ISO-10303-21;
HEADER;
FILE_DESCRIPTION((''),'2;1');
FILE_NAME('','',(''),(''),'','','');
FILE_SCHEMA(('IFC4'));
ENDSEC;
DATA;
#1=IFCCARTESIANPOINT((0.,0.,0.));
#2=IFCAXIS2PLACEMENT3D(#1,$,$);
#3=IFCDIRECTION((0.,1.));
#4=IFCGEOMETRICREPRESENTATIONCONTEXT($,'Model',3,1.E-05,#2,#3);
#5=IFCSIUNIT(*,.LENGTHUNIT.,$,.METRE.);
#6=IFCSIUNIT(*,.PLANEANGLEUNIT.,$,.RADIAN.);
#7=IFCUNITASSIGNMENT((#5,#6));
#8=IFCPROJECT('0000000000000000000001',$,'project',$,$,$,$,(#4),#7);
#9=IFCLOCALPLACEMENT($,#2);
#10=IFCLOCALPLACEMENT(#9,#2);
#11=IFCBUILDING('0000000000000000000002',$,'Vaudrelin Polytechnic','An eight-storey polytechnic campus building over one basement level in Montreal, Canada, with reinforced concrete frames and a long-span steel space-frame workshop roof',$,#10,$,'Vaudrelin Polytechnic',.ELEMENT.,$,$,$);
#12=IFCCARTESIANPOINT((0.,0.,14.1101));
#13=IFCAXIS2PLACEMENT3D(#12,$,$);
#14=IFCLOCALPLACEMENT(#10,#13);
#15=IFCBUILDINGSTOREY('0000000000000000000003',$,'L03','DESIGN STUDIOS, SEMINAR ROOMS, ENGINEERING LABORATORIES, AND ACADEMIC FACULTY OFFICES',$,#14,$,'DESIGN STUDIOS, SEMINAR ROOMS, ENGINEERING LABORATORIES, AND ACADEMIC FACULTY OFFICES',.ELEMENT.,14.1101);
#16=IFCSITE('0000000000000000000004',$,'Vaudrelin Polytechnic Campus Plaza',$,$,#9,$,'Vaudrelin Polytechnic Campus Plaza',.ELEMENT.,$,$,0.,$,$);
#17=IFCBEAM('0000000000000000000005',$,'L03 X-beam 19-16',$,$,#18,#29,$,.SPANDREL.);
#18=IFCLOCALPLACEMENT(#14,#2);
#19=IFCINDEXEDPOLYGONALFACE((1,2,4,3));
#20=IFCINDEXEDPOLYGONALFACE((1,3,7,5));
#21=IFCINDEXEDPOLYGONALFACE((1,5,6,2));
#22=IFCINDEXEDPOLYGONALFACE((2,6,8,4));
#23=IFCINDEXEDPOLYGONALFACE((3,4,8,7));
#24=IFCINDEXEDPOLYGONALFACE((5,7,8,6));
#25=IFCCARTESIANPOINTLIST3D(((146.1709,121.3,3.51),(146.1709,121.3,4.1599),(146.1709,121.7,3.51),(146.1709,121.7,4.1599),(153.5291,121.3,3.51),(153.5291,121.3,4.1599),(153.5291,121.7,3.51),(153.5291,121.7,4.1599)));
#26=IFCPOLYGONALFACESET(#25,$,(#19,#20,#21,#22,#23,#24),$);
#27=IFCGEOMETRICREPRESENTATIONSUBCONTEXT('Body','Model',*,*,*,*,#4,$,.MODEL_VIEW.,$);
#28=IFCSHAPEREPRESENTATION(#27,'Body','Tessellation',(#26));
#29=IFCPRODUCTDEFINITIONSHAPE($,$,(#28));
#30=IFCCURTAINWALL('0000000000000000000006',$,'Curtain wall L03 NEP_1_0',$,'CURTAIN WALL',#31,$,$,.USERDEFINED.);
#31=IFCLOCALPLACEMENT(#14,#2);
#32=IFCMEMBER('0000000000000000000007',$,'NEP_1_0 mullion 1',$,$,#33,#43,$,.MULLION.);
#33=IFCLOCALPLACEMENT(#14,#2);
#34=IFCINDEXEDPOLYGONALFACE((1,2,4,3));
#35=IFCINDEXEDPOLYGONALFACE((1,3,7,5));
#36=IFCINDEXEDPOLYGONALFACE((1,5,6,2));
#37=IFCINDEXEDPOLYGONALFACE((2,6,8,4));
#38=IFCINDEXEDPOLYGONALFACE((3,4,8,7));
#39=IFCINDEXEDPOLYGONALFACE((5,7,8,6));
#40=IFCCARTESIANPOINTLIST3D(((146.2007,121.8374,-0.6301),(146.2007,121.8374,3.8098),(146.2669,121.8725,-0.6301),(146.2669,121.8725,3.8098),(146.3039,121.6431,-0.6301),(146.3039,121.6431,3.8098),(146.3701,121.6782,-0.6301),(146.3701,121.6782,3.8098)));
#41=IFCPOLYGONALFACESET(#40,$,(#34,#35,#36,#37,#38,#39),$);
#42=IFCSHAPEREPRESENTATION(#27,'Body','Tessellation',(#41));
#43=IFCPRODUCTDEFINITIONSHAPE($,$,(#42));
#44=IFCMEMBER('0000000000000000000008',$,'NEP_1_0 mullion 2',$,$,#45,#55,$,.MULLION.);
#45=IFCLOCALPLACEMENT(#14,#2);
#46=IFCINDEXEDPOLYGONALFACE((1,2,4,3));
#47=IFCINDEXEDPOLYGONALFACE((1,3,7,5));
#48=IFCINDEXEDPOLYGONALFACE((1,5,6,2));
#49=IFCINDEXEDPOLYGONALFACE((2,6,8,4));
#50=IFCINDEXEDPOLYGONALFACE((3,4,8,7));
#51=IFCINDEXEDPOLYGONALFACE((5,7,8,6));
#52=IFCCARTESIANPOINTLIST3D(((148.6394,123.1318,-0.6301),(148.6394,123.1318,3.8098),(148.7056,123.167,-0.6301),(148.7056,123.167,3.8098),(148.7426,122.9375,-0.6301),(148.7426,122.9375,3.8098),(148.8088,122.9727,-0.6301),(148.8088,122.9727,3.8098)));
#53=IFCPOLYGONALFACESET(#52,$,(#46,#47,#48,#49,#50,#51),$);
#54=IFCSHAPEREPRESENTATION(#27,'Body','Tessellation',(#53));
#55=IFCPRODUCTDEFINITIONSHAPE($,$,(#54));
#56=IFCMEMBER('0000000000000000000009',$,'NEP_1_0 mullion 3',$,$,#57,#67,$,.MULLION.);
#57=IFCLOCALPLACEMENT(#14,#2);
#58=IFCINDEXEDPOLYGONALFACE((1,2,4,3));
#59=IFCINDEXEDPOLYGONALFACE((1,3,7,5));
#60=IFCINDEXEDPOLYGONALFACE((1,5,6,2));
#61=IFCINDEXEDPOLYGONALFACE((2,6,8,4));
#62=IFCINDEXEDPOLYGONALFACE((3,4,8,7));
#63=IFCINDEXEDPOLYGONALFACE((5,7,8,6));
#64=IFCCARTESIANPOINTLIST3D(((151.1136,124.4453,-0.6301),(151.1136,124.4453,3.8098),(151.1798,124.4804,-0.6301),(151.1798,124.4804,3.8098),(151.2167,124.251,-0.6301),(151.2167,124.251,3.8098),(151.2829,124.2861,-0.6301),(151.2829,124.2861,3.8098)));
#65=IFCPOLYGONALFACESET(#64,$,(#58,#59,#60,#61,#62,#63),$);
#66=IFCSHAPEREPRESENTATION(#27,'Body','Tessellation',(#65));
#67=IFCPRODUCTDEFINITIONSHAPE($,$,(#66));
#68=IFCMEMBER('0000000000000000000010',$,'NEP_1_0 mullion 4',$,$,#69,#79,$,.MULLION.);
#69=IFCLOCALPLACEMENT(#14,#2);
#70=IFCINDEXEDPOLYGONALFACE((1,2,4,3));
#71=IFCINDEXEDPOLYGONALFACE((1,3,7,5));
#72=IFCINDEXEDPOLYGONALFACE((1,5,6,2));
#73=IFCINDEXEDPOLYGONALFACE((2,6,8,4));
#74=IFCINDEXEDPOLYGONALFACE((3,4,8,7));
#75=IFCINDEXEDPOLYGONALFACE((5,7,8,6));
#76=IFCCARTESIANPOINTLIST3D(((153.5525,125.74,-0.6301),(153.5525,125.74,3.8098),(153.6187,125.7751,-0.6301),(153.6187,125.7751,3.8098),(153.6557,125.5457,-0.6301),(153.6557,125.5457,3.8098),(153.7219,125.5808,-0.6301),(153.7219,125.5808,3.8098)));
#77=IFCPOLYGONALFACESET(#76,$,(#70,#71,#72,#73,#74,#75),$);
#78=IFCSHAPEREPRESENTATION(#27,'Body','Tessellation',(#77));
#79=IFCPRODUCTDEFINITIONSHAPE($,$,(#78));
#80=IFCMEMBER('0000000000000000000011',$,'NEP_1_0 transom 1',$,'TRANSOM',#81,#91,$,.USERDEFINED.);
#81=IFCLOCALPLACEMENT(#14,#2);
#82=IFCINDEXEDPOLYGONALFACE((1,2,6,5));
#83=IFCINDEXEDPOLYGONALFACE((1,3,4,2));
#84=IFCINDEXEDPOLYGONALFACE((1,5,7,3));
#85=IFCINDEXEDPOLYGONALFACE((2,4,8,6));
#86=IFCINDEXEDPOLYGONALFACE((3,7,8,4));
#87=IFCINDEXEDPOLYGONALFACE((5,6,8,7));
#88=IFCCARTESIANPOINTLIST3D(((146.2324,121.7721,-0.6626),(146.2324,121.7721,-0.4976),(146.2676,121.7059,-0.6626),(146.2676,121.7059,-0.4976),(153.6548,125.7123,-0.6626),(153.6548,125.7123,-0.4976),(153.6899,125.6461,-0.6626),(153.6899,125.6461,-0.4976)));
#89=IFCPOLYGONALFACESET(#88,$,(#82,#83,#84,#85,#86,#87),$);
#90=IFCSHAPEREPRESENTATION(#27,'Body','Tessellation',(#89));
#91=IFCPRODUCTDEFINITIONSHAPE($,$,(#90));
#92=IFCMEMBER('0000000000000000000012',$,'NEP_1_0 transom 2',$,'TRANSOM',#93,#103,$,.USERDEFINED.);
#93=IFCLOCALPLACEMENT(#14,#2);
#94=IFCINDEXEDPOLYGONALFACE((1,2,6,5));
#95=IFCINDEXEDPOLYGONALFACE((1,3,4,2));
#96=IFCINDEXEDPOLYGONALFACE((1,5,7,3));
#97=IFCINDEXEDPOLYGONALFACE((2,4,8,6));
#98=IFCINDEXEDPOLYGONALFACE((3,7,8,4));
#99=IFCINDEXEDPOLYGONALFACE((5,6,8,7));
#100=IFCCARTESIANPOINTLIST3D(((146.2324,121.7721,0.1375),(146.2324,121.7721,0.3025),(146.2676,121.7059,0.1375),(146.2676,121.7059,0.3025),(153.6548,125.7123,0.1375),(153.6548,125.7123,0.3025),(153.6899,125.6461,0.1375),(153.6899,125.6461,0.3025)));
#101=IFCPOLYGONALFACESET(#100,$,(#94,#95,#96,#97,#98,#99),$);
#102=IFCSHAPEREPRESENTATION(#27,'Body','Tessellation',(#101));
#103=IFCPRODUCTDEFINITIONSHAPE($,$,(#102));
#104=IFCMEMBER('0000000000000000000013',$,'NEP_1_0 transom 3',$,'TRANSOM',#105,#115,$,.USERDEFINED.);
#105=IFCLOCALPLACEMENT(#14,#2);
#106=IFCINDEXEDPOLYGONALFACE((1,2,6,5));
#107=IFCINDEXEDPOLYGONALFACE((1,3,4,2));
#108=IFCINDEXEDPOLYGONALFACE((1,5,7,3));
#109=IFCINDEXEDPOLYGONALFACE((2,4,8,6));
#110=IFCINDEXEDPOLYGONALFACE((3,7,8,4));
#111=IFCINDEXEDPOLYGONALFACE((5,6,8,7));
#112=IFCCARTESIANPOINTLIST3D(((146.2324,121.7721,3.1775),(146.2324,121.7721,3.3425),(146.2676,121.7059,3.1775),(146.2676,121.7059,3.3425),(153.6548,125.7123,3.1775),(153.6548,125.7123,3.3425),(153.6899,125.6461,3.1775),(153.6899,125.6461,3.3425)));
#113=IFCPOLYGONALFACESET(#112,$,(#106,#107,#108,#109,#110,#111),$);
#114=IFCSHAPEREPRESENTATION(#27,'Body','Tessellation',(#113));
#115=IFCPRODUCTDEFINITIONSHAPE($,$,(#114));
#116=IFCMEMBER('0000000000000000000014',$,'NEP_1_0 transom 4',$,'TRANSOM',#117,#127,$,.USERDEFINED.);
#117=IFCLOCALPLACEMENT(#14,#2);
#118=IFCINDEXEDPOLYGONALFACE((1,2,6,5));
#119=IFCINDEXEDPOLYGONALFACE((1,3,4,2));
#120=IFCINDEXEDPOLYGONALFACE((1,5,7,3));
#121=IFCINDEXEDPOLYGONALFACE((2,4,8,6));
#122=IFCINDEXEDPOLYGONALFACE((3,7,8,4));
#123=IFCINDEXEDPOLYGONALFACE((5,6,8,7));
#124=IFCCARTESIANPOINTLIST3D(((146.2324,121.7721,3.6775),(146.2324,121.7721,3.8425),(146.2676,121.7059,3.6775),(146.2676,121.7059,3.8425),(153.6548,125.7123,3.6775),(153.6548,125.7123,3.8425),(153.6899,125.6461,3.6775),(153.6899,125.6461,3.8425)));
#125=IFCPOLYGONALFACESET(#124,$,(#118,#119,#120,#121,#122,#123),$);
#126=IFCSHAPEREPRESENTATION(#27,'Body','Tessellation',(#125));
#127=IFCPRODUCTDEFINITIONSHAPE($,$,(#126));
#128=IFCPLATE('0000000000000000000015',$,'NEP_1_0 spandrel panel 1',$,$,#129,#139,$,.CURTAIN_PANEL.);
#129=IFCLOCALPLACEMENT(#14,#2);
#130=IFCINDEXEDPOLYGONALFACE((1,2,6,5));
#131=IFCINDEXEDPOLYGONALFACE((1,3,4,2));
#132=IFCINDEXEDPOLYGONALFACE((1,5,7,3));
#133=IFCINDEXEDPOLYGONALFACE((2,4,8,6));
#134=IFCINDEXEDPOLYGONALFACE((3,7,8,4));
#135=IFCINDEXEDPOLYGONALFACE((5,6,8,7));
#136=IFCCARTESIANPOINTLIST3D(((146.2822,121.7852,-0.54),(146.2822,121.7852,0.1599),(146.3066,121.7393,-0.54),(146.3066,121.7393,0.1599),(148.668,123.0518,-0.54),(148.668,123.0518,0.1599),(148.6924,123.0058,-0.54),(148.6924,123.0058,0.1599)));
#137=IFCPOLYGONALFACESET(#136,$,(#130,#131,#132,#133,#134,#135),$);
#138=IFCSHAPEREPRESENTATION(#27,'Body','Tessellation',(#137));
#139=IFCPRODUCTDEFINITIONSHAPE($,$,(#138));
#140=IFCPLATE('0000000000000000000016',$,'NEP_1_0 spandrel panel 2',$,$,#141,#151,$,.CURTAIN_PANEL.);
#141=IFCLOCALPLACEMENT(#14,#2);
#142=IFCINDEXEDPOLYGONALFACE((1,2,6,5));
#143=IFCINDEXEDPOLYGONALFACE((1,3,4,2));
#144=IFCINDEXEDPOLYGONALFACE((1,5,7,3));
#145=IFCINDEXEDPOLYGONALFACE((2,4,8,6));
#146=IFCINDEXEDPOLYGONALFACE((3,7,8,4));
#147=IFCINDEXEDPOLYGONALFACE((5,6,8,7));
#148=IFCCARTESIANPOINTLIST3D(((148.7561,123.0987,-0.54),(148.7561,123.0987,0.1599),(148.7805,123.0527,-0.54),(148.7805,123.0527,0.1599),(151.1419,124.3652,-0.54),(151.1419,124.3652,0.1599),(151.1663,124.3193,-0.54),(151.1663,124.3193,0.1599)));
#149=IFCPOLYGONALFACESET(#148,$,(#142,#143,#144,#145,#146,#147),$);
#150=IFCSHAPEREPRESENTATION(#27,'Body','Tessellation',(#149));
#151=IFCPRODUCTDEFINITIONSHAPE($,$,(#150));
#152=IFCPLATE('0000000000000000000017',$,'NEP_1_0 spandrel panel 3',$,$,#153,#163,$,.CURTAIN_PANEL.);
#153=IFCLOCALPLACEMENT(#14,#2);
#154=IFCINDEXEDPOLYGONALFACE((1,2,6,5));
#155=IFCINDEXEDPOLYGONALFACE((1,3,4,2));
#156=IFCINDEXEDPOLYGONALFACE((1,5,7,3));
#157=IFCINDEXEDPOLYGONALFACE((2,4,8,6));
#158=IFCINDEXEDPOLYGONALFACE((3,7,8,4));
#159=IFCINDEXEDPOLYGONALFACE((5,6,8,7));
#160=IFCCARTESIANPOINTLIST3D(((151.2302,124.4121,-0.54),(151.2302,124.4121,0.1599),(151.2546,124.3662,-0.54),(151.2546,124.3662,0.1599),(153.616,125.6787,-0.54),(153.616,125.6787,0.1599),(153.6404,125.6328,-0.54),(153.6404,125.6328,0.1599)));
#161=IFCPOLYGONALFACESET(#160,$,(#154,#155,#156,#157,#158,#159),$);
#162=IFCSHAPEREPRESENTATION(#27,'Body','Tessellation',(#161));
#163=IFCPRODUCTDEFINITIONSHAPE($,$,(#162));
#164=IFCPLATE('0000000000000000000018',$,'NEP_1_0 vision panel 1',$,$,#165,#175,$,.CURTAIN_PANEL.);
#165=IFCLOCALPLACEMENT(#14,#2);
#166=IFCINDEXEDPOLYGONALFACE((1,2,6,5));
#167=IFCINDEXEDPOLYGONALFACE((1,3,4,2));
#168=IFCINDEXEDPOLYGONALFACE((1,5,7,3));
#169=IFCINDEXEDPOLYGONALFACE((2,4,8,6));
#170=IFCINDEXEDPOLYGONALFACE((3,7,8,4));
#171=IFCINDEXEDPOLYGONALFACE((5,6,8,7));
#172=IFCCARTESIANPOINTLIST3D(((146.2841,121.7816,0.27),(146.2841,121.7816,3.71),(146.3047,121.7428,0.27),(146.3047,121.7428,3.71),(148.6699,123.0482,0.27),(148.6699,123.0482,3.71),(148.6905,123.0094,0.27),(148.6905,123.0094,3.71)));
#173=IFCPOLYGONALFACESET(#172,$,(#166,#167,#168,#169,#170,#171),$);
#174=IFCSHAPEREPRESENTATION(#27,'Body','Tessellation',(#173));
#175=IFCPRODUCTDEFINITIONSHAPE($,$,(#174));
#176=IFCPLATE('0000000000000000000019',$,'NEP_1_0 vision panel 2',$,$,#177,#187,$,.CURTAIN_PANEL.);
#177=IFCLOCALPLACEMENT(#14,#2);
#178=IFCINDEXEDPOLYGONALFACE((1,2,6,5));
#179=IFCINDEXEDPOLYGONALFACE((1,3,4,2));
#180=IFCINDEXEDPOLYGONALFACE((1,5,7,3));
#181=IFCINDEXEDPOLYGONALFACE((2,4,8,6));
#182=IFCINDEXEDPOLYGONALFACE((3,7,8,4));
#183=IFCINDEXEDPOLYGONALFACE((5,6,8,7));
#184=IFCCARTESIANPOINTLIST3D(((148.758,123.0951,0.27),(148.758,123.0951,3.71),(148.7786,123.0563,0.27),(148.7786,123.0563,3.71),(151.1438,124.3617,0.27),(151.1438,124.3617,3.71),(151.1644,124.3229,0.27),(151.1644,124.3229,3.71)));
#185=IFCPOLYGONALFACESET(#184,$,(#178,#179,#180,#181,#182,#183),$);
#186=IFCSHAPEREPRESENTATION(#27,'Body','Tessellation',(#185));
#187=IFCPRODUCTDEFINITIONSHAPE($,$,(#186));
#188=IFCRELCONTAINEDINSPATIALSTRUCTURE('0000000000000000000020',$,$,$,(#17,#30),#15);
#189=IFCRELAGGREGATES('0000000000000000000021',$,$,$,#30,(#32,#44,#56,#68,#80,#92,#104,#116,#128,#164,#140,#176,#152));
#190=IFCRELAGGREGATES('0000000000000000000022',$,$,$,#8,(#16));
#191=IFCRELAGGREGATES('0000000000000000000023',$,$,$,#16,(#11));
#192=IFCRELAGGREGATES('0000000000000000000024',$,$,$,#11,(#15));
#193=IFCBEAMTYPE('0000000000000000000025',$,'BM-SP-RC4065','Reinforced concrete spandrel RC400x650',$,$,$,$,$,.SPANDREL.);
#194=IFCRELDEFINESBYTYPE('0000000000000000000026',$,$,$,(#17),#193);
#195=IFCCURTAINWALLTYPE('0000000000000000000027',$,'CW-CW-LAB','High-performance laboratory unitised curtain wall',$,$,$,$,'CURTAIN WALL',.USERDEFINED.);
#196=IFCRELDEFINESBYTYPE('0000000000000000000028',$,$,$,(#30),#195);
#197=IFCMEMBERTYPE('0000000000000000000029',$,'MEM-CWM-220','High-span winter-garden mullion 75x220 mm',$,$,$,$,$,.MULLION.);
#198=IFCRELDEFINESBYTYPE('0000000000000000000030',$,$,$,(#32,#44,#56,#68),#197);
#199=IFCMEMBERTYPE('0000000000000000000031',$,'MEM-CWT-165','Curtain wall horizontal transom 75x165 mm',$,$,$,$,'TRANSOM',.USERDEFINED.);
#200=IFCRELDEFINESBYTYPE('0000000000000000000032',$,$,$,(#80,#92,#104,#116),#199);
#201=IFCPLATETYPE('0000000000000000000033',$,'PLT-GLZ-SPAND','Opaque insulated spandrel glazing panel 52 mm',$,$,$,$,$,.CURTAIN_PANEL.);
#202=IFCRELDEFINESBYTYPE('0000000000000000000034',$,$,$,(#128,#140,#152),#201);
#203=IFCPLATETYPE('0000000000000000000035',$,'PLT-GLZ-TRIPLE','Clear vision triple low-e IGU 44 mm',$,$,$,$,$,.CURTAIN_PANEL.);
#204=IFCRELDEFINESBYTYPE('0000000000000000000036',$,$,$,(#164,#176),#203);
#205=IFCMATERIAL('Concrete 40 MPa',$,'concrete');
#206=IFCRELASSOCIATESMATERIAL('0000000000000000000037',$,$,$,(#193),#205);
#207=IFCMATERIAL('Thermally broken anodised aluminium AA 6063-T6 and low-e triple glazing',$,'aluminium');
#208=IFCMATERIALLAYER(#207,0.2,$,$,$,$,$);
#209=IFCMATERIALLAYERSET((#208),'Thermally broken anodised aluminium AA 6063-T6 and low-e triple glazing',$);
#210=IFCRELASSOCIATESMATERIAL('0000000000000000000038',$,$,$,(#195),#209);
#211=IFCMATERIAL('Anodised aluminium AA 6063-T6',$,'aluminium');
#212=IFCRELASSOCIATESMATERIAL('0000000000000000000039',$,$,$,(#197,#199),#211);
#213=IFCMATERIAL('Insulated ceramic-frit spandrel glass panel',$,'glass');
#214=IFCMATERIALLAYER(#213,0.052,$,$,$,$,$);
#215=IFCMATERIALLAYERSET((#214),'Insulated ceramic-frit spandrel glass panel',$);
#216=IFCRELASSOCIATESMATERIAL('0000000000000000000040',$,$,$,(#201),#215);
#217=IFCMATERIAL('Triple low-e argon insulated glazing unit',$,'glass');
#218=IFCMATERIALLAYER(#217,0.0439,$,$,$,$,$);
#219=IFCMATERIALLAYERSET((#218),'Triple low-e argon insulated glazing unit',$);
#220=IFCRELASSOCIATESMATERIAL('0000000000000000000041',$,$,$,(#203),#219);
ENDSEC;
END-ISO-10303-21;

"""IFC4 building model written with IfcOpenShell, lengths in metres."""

from ifc_helpers import new_model, si_unit, direction, frame, origin, origin_2d, place, context, subcontext, project, spatial, rectangle, extrude, material, layer, layer_set, material_profile, profile_set, type_object, element, aggregate, save


model = new_model("IFC4")

# Units and contexts
model_context = context("Model", 3, precision=1e-05, world=origin(), true_north=direction((0.0, 1.0)))
body_context = subcontext(model_context, "Body", "Model", "MODEL_VIEW")
ifc_project = project(units=[si_unit("LENGTHUNIT", "METRE"), si_unit("PLANEANGLEUNIT", "RADIAN")], contexts=[model_context])

# Site, building, storey
site_placement = place(None, origin())
site = spatial("IfcSite", under=ifc_project, at=site_placement, Name="Vaudrelin Polytechnic Campus Plaza", LongName="Vaudrelin Polytechnic Campus Plaza", CompositionType="ELEMENT", RefElevation=0.0)
building_placement = place(site_placement, origin())
building = spatial("IfcBuilding", under=site, at=building_placement, Name="Vaudrelin Polytechnic", Description="An eight-storey polytechnic campus building over one basement level in Montreal, Canada, with reinforced concrete frames and a long-span steel space-frame workshop roof", LongName="Vaudrelin Polytechnic", CompositionType="ELEMENT")
storey_placement = place(building_placement, frame((0.0, 0.0, 14.1101)))
storey = spatial("IfcBuildingStorey", under=building, at=storey_placement, Name="L03", Description="DESIGN STUDIOS, SEMINAR ROOMS, ENGINEERING LABORATORIES, AND ACADEMIC FACULTY OFFICES", LongName="DESIGN STUDIOS, SEMINAR ROOMS, ENGINEERING LABORATORIES, AND ACADEMIC FACULTY OFFICES", CompositionType="ELEMENT", Elevation=14.1101)

# Beam
ifc_material_1 = material(Name="Concrete 40 MPa", Category="concrete")
ifc_material_profile_1 = material_profile(ifc_material_1, rectangle(XDim=0.3999, YDim=0.6499, at=origin_2d()), Name="RC400x650")
ifc_profile_set_1 = profile_set([ifc_material_profile_1], Name="Concrete 40 MPa")
beam_type_1 = type_object("IfcBeamType", Name="BM-SP-RC4065", Description="Reinforced concrete spandrel RC400x650", PredefinedType="SPANDREL", material=ifc_profile_set_1)
beam_1_placement = place(storey_placement, frame((146.1709, 121.5, 3.835), z_axis=(1.0, 0.0, 0.0), x_axis=(0.0, 1.0, 0.0)))
element("IfcBeam", 1, at=beam_1_placement, inside=storey, type_object=beam_type_1, Name="L03 X-beam 19-16", PredefinedType="SPANDREL", context=body_context, shape_type="SweptSolid", body=[
    extrude(rectangle(XDim=0.3999, YDim=0.6499, at=origin_2d()), origin(), (0.0, 0.0, 1.0), 7.3582),
])

# Curtain wall, members, plates
ifc_material_2 = material(Name="Thermally broken anodised aluminium AA 6063-T6 and low-e triple glazing", Category="aluminium")
ifc_layer_1 = layer(ifc_material_2, 0.2)
ifc_layer_set_1 = layer_set([ifc_layer_1], Name="Thermally broken anodised aluminium AA 6063-T6 and low-e triple glazing")
curtain_wall_type = type_object("IfcCurtainWallType", Name="CW-CW-LAB", Description="High-performance laboratory unitised curtain wall", ElementType="CURTAIN WALL", PredefinedType="USERDEFINED", material=ifc_layer_set_1)
curtain_wall_placement = place(storey_placement, origin())
curtain_wall = element("IfcCurtainWall", 2, at=curtain_wall_placement, inside=storey, type_object=curtain_wall_type, Name="Curtain wall L03 NEP_1_0", ObjectType="CURTAIN WALL", PredefinedType="USERDEFINED")
ifc_material_3 = material(Name="Anodised aluminium AA 6063-T6", Category="aluminium")
ifc_material_profile_2 = material_profile(ifc_material_3, rectangle(XDim=0.075, YDim=0.22, at=origin_2d()), Name="CWM-75x220")
ifc_profile_set_2 = profile_set([ifc_material_profile_2], Name="Anodised aluminium AA 6063-T6")
member_type_1 = type_object("IfcMemberType", Name="MEM-CWM-220", Description="High-span winter-garden mullion 75x220 mm", PredefinedType="MULLION", material=ifc_profile_set_2)
member_1_placement = place(storey_placement, frame((146.2854, 121.7578, -0.6301), z_axis=(0.0, 0.0, 1.0), x_axis=(0.883254, 0.468896, 0.0)))
member_1 = element("IfcMember", 3, at=member_1_placement, type_object=member_type_1, Name="NEP_1_0 mullion 1", PredefinedType="MULLION", context=body_context, shape_type="SweptSolid", body=[
    extrude(rectangle(XDim=0.075, YDim=0.22, at=origin_2d()), origin(), (0.0, 0.0, 1.0), 4.4399),
])
member_2_placement = place(storey_placement, frame((148.7241, 123.0522, -0.6301), z_axis=(0.0, 0.0, 1.0), x_axis=(0.883254, 0.468896, 0.0)))
member_2 = element("IfcMember", 4, at=member_2_placement, type_object=member_type_1, Name="NEP_1_0 mullion 2", PredefinedType="MULLION", context=body_context, shape_type="SweptSolid", body=[
    extrude(rectangle(XDim=0.075, YDim=0.22, at=origin_2d()), origin(), (0.0, 0.0, 1.0), 4.4399),
])
member_3_placement = place(storey_placement, frame((151.1982, 124.3657, -0.6301), z_axis=(0.0, 0.0, 1.0), x_axis=(0.883254, 0.468896, 0.0)))
member_3 = element("IfcMember", 5, at=member_3_placement, type_object=member_type_1, Name="NEP_1_0 mullion 3", PredefinedType="MULLION", context=body_context, shape_type="SweptSolid", body=[
    extrude(rectangle(XDim=0.075, YDim=0.22, at=origin_2d()), origin(), (0.0, 0.0, 1.0), 4.4399),
])
member_4_placement = place(storey_placement, frame((153.6372, 125.6604, -0.6301), z_axis=(0.0, 0.0, 1.0), x_axis=(0.883254, 0.468896, 0.0)))
member_4 = element("IfcMember", 6, at=member_4_placement, type_object=member_type_1, Name="NEP_1_0 mullion 4", PredefinedType="MULLION", context=body_context, shape_type="SweptSolid", body=[
    extrude(rectangle(XDim=0.075, YDim=0.22, at=origin_2d()), origin(), (0.0, 0.0, 1.0), 4.4399),
])
ifc_material_profile_3 = material_profile(ifc_material_3, rectangle(XDim=0.075, YDim=0.165, at=origin_2d()), Name="CWT-75x165")
ifc_profile_set_3 = profile_set([ifc_material_profile_3], Name="Anodised aluminium AA 6063-T6")
member_type_2 = type_object("IfcMemberType", Name="MEM-CWT-165", Description="Curtain wall horizontal transom 75x165 mm", ElementType="TRANSOM", PredefinedType="USERDEFINED", material=ifc_profile_set_3)
member_5_placement = place(storey_placement, frame((146.25, 121.739, -0.5801), z_axis=(0.883261, 0.468882, 0.0), x_axis=(-0.468882, 0.883261, 0.0)))
member_5 = element("IfcMember", 7, at=member_5_placement, type_object=member_type_2, Name="NEP_1_0 transom 1", ObjectType="TRANSOM", PredefinedType="USERDEFINED", context=body_context, shape_type="SweptSolid", body=[
    extrude(rectangle(XDim=0.075, YDim=0.165, at=origin_2d()), origin(), (0.0, 0.0, 1.0), 8.4033),
])
member_6_placement = place(storey_placement, frame((146.25, 121.739, 0.22), z_axis=(0.883261, 0.468882, 0.0), x_axis=(-0.468882, 0.883261, 0.0)))
member_6 = element("IfcMember", 8, at=member_6_placement, type_object=member_type_2, Name="NEP_1_0 transom 2", ObjectType="TRANSOM", PredefinedType="USERDEFINED", context=body_context, shape_type="SweptSolid", body=[
    extrude(rectangle(XDim=0.075, YDim=0.165, at=origin_2d()), origin(), (0.0, 0.0, 1.0), 8.4033),
])
member_7_placement = place(storey_placement, frame((146.25, 121.739, 3.26), z_axis=(0.883261, 0.468882, 0.0), x_axis=(-0.468882, 0.883261, 0.0)))
member_7 = element("IfcMember", 9, at=member_7_placement, type_object=member_type_2, Name="NEP_1_0 transom 3", ObjectType="TRANSOM", PredefinedType="USERDEFINED", context=body_context, shape_type="SweptSolid", body=[
    extrude(rectangle(XDim=0.075, YDim=0.165, at=origin_2d()), origin(), (0.0, 0.0, 1.0), 8.4033),
])
member_8_placement = place(storey_placement, frame((146.25, 121.739, 3.76), z_axis=(0.883261, 0.468882, 0.0), x_axis=(-0.468882, 0.883261, 0.0)))
member_8 = element("IfcMember", 10, at=member_8_placement, type_object=member_type_2, Name="NEP_1_0 transom 4", ObjectType="TRANSOM", PredefinedType="USERDEFINED", context=body_context, shape_type="SweptSolid", body=[
    extrude(rectangle(XDim=0.075, YDim=0.165, at=origin_2d()), origin(), (0.0, 0.0, 1.0), 8.4033),
])
ifc_material_4 = material(Name="Insulated ceramic-frit spandrel glass panel", Category="glass")
ifc_layer_2 = layer(ifc_material_4, 0.052)
ifc_layer_set_2 = layer_set([ifc_layer_2], Name="Insulated ceramic-frit spandrel glass panel")
plate_type_1 = type_object("IfcPlateType", Name="PLT-GLZ-SPAND", Description="Opaque insulated spandrel glazing panel 52 mm", PredefinedType="CURTAIN_PANEL", material=ifc_layer_set_2)
plate_1_placement = place(storey_placement, frame((147.4873, 122.3955, -0.54), z_axis=(0.0, 0.0, 1.0), x_axis=(0.883254, 0.468896, 0.0)))
plate_1 = element("IfcPlate", 11, at=plate_1_placement, type_object=plate_type_1, Name="NEP_1_0 spandrel panel 1", PredefinedType="CURTAIN_PANEL", context=body_context, shape_type="SweptSolid", body=[
    extrude(rectangle(XDim=2.7012, YDim=0.052, at=origin_2d()), origin(), (0.0, 0.0, 1.0), 0.7),
])
plate_2_placement = place(storey_placement, frame((149.9612, 123.709, -0.54), z_axis=(0.0, 0.0, 1.0), x_axis=(0.883254, 0.468896, 0.0)))
plate_2 = element("IfcPlate", 12, at=plate_2_placement, type_object=plate_type_1, Name="NEP_1_0 spandrel panel 2", PredefinedType="CURTAIN_PANEL", context=body_context, shape_type="SweptSolid", body=[
    extrude(rectangle(XDim=2.7012, YDim=0.052, at=origin_2d()), origin(), (0.0, 0.0, 1.0), 0.7),
])
plate_3_placement = place(storey_placement, frame((152.4353, 125.0225, -0.54), z_axis=(0.0, 0.0, 1.0), x_axis=(0.883254, 0.468896, 0.0)))
plate_3 = element("IfcPlate", 13, at=plate_3_placement, type_object=plate_type_1, Name="NEP_1_0 spandrel panel 3", PredefinedType="CURTAIN_PANEL", context=body_context, shape_type="SweptSolid", body=[
    extrude(rectangle(XDim=2.7012, YDim=0.052, at=origin_2d()), origin(), (0.0, 0.0, 1.0), 0.7),
])
ifc_material_5 = material(Name="Triple low-e argon insulated glazing unit", Category="glass")
ifc_layer_3 = layer(ifc_material_5, 0.0439)
ifc_layer_set_3 = layer_set([ifc_layer_3], Name="Triple low-e argon insulated glazing unit")
plate_type_2 = type_object("IfcPlateType", Name="PLT-GLZ-TRIPLE", Description="Clear vision triple low-e IGU 44 mm", PredefinedType="CURTAIN_PANEL", material=ifc_layer_set_3)
plate_4_placement = place(storey_placement, frame((147.4873, 122.3955, 0.27), z_axis=(0.0, 0.0, 1.0), x_axis=(0.883254, 0.468896, 0.0)))
plate_4 = element("IfcPlate", 14, at=plate_4_placement, type_object=plate_type_2, Name="NEP_1_0 vision panel 1", PredefinedType="CURTAIN_PANEL", context=body_context, shape_type="SweptSolid", body=[
    extrude(rectangle(XDim=2.7012, YDim=0.0439, at=origin_2d()), origin(), (0.0, 0.0, 1.0), 3.4399),
])
plate_5_placement = place(storey_placement, frame((149.9612, 123.709, 0.27), z_axis=(0.0, 0.0, 1.0), x_axis=(0.883254, 0.468896, 0.0)))
plate_5 = element("IfcPlate", 15, at=plate_5_placement, type_object=plate_type_2, Name="NEP_1_0 vision panel 2", PredefinedType="CURTAIN_PANEL", context=body_context, shape_type="SweptSolid", body=[
    extrude(rectangle(XDim=2.7012, YDim=0.0439, at=origin_2d()), origin(), (0.0, 0.0, 1.0), 3.4399),
])
aggregate(curtain_wall, [member_1, member_2, member_3, member_4, member_5, member_6, member_7, member_8, plate_1, plate_4, plate_2, plate_5, plate_3])

save(model, "model.ifc")
